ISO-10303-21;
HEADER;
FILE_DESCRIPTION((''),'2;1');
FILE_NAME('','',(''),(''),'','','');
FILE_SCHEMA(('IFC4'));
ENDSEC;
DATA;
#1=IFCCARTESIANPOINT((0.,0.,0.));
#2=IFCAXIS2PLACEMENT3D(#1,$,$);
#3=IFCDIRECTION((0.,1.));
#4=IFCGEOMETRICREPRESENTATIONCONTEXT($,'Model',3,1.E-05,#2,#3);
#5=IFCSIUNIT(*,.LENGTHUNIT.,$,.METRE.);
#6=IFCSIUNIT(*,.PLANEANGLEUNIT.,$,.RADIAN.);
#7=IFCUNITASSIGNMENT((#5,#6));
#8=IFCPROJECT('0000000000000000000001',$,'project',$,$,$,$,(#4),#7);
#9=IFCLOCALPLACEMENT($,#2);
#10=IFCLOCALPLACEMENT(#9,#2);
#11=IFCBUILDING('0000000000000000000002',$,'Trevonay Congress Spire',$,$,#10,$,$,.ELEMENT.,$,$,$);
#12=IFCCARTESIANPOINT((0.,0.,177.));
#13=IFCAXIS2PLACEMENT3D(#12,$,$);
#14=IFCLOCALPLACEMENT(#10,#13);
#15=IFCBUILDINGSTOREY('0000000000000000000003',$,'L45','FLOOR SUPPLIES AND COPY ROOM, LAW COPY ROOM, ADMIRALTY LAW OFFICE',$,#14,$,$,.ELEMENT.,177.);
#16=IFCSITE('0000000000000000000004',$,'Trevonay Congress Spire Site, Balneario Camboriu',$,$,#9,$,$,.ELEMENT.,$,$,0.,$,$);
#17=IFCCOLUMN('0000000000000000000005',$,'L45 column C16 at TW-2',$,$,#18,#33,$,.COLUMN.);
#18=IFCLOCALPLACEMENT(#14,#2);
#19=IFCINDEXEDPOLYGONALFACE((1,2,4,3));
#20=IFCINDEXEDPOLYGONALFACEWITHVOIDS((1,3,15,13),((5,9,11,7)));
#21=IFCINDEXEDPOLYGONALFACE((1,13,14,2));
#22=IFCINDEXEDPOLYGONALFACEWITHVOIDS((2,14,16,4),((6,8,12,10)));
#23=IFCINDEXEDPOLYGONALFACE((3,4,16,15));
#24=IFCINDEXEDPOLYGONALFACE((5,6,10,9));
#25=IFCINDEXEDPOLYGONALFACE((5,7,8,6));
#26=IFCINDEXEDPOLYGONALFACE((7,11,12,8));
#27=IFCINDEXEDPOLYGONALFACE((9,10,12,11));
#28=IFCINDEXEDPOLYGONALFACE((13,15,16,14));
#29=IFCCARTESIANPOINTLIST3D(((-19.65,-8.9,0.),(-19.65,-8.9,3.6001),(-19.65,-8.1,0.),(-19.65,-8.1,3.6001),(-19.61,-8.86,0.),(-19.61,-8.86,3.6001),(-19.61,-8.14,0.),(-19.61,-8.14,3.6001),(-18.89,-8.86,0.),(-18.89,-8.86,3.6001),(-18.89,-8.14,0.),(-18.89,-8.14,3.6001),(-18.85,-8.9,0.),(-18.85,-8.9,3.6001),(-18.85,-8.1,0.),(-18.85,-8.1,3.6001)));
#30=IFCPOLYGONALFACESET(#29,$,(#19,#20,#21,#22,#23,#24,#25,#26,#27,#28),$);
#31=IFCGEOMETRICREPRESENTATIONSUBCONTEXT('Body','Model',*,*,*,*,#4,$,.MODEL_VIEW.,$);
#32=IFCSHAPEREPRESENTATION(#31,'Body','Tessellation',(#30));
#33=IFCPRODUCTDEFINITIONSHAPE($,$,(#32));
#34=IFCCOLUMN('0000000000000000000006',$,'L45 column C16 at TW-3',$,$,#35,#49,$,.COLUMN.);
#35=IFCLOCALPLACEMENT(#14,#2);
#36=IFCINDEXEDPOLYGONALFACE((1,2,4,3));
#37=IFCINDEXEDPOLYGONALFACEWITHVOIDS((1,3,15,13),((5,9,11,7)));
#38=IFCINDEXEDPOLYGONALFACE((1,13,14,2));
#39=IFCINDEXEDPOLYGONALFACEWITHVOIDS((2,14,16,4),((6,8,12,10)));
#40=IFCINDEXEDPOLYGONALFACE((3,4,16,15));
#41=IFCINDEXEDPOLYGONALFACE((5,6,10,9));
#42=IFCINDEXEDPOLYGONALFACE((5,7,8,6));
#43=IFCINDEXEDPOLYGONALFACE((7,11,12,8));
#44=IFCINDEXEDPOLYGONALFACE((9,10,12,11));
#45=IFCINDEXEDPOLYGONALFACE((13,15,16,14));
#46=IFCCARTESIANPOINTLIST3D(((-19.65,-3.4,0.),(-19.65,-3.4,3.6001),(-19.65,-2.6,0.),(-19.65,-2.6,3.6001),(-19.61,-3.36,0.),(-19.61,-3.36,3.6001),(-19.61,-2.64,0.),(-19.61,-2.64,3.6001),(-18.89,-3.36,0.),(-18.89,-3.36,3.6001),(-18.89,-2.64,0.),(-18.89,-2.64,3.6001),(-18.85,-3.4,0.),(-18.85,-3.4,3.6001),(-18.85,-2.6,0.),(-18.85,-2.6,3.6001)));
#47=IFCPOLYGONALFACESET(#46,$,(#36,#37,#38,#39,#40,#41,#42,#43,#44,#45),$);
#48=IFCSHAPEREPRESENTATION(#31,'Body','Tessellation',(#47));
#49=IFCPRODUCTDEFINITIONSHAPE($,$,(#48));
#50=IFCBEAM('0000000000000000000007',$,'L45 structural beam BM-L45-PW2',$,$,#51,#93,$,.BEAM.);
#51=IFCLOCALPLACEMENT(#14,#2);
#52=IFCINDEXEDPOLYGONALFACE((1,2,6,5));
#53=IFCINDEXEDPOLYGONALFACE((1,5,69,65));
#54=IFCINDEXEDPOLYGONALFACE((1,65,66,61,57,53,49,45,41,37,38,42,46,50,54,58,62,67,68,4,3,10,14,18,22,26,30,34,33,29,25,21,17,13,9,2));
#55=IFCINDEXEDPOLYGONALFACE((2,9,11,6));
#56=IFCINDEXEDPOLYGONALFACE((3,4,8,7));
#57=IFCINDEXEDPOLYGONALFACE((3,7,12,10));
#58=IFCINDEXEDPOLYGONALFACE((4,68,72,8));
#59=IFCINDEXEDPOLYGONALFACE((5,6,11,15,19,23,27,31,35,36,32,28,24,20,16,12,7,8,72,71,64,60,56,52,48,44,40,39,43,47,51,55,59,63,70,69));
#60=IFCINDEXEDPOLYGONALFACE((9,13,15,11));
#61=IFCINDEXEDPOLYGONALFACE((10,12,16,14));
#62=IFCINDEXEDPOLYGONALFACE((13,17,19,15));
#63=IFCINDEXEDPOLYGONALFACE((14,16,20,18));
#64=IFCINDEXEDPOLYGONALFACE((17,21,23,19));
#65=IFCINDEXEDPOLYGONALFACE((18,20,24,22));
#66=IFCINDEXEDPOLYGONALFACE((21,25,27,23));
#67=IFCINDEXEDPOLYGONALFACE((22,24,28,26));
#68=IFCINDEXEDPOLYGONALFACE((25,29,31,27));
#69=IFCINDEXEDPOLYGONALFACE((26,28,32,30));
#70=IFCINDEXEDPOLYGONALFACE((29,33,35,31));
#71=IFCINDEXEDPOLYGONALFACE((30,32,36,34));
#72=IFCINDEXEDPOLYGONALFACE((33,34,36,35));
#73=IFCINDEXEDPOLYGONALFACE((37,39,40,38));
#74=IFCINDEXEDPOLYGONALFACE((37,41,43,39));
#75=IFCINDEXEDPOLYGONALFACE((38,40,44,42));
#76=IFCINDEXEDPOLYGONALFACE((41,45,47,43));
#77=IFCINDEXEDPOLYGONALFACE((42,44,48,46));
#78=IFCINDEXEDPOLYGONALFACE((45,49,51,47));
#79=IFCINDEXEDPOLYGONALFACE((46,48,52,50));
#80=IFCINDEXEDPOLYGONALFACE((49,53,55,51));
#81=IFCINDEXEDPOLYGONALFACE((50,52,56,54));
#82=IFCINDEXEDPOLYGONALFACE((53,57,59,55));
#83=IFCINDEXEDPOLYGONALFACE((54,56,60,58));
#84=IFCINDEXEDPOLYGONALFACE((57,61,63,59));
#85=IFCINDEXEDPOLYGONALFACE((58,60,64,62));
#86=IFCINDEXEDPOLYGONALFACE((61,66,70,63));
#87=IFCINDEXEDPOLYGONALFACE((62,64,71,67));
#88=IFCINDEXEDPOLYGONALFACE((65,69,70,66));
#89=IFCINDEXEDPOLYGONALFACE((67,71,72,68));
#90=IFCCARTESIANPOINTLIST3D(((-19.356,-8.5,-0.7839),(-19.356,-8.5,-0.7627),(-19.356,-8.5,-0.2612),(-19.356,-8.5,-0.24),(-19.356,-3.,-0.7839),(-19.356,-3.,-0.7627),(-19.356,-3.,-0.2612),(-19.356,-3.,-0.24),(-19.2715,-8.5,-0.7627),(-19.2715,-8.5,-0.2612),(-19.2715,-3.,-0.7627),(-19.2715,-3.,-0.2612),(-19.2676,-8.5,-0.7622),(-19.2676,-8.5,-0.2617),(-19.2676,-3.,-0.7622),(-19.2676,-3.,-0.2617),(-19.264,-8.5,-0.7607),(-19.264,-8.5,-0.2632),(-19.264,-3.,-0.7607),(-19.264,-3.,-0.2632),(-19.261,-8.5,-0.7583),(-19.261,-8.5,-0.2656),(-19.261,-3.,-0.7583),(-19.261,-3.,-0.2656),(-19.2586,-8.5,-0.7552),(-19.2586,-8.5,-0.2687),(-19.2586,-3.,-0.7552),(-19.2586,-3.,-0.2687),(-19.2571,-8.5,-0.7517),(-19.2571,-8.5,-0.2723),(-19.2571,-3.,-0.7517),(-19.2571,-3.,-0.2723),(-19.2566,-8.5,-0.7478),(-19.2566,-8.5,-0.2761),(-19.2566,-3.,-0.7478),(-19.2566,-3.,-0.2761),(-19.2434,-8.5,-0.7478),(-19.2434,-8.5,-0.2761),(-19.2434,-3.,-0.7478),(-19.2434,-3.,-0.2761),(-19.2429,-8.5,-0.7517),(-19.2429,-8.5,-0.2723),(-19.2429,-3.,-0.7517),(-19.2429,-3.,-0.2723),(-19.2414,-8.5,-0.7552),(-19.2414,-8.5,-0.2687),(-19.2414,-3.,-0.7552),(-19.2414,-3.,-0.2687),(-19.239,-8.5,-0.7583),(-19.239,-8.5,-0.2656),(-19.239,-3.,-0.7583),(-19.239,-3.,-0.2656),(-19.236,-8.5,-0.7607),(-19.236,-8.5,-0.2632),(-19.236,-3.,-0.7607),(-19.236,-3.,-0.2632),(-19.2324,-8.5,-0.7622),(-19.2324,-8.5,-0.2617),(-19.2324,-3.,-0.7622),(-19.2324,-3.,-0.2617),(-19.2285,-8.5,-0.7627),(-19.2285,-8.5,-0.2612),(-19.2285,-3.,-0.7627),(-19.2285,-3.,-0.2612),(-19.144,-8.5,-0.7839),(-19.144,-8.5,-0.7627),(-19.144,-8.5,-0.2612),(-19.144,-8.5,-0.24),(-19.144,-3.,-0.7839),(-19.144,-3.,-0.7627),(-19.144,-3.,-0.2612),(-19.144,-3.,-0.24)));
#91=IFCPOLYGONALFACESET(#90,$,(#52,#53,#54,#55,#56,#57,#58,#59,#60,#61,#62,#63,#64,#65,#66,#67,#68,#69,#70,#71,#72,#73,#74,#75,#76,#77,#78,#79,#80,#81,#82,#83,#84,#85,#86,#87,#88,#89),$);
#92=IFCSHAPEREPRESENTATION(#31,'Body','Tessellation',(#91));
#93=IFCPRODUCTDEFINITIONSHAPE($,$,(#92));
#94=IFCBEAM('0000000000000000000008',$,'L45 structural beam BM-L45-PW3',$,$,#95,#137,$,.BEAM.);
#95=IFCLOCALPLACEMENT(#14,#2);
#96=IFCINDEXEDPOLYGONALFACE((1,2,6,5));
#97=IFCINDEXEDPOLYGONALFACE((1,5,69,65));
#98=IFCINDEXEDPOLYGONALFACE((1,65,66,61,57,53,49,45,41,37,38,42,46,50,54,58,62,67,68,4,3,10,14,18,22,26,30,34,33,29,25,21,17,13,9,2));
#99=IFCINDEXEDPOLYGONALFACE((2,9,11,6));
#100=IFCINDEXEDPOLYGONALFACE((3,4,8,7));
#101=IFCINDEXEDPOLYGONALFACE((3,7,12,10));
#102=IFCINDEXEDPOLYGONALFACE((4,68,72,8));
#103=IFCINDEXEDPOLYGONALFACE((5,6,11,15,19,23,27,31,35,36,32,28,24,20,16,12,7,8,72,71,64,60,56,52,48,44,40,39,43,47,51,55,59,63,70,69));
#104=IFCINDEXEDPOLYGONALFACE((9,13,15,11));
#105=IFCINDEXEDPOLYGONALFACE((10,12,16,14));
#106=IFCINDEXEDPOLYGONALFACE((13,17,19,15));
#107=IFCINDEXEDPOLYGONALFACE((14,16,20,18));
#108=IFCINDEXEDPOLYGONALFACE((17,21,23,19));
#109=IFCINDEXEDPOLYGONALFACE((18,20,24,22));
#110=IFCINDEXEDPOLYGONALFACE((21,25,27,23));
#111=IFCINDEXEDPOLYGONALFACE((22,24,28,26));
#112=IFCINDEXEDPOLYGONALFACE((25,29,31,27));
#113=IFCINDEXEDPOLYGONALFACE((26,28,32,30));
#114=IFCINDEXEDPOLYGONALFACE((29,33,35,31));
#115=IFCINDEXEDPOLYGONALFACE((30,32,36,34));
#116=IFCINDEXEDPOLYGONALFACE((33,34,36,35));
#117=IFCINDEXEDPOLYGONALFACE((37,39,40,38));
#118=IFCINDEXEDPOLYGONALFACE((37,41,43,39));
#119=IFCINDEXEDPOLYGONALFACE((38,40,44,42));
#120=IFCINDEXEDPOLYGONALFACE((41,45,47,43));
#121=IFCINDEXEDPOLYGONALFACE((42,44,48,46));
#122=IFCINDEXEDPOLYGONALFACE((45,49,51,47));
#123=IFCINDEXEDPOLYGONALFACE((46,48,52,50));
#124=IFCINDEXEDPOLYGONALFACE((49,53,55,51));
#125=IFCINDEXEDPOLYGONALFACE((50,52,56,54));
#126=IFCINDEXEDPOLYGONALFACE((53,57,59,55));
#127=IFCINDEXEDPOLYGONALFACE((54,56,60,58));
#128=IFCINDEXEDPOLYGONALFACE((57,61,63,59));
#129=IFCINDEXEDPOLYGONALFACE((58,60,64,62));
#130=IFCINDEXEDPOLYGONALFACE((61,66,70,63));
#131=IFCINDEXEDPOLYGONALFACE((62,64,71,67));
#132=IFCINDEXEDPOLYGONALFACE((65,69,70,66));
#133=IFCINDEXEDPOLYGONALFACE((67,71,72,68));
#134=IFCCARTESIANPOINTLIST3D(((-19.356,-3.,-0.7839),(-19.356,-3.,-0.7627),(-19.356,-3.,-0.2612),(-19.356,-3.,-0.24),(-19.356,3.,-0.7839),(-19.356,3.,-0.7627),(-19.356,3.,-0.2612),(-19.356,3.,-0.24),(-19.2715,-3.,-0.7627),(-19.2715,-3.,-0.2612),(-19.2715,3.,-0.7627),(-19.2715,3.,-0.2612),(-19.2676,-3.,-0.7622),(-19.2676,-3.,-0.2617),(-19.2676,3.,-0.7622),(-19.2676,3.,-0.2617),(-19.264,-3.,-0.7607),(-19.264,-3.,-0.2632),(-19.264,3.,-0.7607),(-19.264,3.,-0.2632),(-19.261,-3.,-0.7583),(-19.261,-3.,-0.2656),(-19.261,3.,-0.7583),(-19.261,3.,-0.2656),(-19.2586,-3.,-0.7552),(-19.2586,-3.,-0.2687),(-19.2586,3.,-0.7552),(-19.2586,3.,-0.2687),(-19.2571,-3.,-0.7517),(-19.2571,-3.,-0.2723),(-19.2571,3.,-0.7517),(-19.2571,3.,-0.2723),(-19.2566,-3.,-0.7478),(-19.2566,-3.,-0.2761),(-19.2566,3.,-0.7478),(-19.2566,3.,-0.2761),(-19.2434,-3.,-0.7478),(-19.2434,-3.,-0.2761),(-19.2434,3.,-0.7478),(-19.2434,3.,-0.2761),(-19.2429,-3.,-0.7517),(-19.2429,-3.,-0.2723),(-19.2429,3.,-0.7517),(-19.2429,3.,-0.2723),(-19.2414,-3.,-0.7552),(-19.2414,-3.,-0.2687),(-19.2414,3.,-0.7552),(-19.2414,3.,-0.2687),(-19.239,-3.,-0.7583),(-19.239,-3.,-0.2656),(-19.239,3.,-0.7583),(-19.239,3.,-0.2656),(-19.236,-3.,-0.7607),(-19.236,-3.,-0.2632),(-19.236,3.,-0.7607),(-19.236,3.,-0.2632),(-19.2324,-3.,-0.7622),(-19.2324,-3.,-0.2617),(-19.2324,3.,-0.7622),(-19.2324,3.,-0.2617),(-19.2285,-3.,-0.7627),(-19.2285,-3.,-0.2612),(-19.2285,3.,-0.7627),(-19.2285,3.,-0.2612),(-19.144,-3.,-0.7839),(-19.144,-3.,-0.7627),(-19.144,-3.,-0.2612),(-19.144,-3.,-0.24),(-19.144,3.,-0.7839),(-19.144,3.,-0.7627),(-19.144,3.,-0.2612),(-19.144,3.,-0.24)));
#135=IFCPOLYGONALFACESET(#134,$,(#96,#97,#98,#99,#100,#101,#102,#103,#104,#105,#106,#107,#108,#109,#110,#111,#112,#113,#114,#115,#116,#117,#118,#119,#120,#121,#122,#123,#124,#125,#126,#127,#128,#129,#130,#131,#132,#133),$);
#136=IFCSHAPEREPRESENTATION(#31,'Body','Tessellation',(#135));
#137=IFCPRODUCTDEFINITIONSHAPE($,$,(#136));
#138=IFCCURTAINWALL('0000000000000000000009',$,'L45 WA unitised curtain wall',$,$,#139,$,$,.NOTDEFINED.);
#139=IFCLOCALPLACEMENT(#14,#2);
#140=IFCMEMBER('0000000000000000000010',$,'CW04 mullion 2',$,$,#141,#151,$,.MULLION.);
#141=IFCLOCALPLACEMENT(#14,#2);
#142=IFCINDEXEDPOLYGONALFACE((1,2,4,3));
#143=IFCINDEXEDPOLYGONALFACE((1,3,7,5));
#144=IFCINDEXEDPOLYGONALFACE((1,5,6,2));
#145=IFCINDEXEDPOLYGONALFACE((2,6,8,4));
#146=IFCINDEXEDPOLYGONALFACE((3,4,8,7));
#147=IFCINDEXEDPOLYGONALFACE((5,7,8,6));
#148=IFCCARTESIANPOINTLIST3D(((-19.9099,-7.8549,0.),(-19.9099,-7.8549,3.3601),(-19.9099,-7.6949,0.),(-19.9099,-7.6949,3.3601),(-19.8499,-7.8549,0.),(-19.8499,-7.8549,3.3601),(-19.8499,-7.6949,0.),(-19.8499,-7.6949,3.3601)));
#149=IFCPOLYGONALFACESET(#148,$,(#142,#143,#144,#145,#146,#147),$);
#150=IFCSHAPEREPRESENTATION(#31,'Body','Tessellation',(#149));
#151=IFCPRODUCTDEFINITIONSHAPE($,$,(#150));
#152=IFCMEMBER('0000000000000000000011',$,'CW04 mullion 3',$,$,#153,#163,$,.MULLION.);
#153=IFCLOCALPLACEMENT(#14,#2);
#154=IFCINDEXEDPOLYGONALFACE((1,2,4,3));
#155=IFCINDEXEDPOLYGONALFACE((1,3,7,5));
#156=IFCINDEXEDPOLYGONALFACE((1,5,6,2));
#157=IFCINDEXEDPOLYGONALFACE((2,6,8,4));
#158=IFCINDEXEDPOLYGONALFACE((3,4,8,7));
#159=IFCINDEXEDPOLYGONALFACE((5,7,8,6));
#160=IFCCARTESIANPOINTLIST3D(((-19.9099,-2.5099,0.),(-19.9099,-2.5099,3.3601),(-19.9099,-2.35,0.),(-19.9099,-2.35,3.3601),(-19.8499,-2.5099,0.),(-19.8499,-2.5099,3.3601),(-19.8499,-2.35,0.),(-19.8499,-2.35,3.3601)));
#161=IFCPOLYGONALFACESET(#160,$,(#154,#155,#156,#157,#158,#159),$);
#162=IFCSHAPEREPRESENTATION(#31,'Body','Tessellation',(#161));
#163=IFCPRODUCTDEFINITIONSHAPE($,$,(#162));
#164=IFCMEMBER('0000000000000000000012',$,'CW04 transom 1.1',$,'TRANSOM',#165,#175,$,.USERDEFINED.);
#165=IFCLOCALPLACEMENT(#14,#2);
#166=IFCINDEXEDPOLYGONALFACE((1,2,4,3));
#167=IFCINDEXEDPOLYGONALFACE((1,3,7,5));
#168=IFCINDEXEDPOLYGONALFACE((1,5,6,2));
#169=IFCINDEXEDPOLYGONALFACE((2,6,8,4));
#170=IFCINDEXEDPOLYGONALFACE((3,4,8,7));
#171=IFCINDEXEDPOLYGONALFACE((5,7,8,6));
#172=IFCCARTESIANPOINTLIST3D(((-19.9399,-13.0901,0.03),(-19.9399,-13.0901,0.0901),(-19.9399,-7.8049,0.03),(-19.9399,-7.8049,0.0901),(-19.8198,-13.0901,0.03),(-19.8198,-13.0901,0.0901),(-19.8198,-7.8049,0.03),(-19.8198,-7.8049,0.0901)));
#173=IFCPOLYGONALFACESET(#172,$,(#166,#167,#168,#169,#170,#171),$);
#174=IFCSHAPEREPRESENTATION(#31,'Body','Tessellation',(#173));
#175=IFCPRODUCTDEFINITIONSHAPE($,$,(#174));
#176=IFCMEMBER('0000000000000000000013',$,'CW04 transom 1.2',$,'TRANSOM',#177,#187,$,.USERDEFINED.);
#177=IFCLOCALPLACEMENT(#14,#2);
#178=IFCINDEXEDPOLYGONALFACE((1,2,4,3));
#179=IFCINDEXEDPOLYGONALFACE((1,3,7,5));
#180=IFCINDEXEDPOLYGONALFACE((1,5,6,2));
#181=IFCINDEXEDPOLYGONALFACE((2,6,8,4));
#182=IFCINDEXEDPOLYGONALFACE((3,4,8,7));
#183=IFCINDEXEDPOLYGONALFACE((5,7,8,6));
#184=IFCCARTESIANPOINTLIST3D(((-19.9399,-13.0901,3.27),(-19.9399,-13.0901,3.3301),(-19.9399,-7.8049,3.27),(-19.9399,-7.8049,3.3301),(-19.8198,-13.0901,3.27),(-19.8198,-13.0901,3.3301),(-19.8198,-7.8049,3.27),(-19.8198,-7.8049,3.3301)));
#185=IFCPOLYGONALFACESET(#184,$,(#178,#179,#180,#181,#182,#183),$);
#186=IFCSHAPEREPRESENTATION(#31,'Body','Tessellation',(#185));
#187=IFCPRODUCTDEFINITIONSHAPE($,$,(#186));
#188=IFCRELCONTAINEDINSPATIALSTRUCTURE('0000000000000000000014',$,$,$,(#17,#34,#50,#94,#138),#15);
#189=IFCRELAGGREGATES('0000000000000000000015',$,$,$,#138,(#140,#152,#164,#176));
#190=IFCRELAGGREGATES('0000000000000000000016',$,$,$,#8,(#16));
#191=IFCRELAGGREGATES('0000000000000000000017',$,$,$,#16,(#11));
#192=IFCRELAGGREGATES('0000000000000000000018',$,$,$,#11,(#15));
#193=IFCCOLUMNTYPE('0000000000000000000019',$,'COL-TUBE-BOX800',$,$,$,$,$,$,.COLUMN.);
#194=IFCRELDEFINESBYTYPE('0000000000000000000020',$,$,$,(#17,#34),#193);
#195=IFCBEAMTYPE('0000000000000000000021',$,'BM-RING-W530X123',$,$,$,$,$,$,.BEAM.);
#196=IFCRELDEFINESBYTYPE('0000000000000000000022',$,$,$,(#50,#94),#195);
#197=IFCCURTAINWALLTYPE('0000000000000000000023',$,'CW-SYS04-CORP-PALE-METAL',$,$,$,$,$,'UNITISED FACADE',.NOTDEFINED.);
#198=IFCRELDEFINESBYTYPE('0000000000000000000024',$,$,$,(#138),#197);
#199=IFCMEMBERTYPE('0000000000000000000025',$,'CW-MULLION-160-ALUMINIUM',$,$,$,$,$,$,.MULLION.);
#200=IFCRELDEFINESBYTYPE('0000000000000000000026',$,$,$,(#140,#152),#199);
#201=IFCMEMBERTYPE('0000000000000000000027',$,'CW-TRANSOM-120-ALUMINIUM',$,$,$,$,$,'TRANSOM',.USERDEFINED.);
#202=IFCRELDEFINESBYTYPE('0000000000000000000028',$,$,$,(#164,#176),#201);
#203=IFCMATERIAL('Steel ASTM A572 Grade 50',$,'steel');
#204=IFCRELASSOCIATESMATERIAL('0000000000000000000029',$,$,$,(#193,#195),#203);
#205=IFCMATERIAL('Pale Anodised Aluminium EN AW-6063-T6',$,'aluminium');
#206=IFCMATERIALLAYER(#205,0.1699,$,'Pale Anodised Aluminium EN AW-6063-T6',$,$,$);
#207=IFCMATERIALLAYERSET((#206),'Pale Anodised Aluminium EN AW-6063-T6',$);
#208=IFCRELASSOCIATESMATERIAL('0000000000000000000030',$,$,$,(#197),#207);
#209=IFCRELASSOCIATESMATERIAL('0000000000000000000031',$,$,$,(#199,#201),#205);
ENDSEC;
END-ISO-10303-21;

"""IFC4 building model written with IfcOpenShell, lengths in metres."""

from ifc_helpers import new_model, si_unit, direction, frame, origin, origin_2d, place, context, subcontext, project, spatial, rectangle, hollow_rectangle, i_section, extrude, material, layer, layer_set, material_profile, profile_set, type_object, element, aggregate, save


model = new_model("IFC4")

# Units and contexts
model_context = context("Model", 3, precision=1e-05, world=origin(), true_north=direction((0.0, 1.0)))
body_context = subcontext(model_context, "Body", "Model", "MODEL_VIEW")
ifc_project = project(units=[si_unit("LENGTHUNIT", "METRE"), si_unit("PLANEANGLEUNIT", "RADIAN")], contexts=[model_context])

# Site, building, storey
site_placement = place(None, origin())
site = spatial("IfcSite", under=ifc_project, at=site_placement, Name="Trevonay Congress Spire Site, Balneario Camboriu", CompositionType="ELEMENT", RefElevation=0.0)
building_placement = place(site_placement, origin())
building = spatial("IfcBuilding", under=site, at=building_placement, Name="Trevonay Congress Spire", CompositionType="ELEMENT")
storey_placement = place(building_placement, frame((0.0, 0.0, 177.0)))
storey = spatial("IfcBuildingStorey", under=building, at=storey_placement, Name="L45", Description="FLOOR SUPPLIES AND COPY ROOM, LAW COPY ROOM, ADMIRALTY LAW OFFICE", CompositionType="ELEMENT", Elevation=177.0)

# Columns
ifc_material_1 = material(Name="Steel ASTM A572 Grade 50", Category="steel")
ifc_material_profile_1 = material_profile(ifc_material_1, hollow_rectangle(XDim=0.8, YDim=0.8, WallThickness=0.04, at=origin_2d()), Name="BOX 800x800x40")
ifc_profile_set_1 = profile_set([ifc_material_profile_1], Name="Steel ASTM A572 Grade 50")
column_type = type_object("IfcColumnType", Name="COL-TUBE-BOX800", PredefinedType="COLUMN", material=ifc_profile_set_1)
for number, where, z_axis, x_axis, name in (
    (1, (-19.25, -8.5, 0.0), (0.0, 0.0, 1.0), (1.0, 0.0, 0.0), "L45 column C16 at TW-2"),
    (2, (-19.25, -3.0, 0.0), (0.0, 0.0, 1.0), (1.0, 0.0, 0.0), "L45 column C16 at TW-3"),
):
    element("IfcColumn", number, at=place(storey_placement, frame(where, z_axis=z_axis, x_axis=x_axis)), inside=storey, type_object=column_type, Name=name, PredefinedType="COLUMN", context=body_context, shape_type="SweptSolid", body=[
        extrude(hollow_rectangle(XDim=0.8, YDim=0.8, WallThickness=0.04, at=origin_2d()), origin(), (0.0, 0.0, 1.0), 3.6001),
    ])

# Beams
ifc_material_profile_2 = material_profile(ifc_material_1, i_section(OverallWidth=0.2119, OverallDepth=0.5439, WebThickness=0.0132, FlangeThickness=0.0212, FilletRadius=0.0149, at=origin_2d()), Name="W530x123")
ifc_profile_set_2 = profile_set([ifc_material_profile_2], Name="Steel ASTM A572 Grade 50")
beam_type = type_object("IfcBeamType", Name="BM-RING-W530X123", PredefinedType="BEAM", material=ifc_profile_set_2)
beam_1_placement = place(storey_placement, frame((-19.25, -8.5, -0.512), z_axis=(0.0, 1.0, 0.0), x_axis=(-1.0, 0.0, 0.0)))
element("IfcBeam", 3, at=beam_1_placement, inside=storey, type_object=beam_type, Name="L45 structural beam BM-L45-PW2", PredefinedType="BEAM", context=body_context, shape_type="SweptSolid", body=[
    extrude(i_section(OverallWidth=0.2119, OverallDepth=0.5439, WebThickness=0.0132, FlangeThickness=0.0212, FilletRadius=0.0149, at=origin_2d()), origin(), (0.0, 0.0, 1.0), 5.5),
])
beam_2_placement = place(storey_placement, frame((-19.25, -3.0, -0.512), z_axis=(0.0, 1.0, 0.0), x_axis=(-1.0, 0.0, 0.0)))
element("IfcBeam", 4, at=beam_2_placement, inside=storey, type_object=beam_type, Name="L45 structural beam BM-L45-PW3", PredefinedType="BEAM", context=body_context, shape_type="SweptSolid", body=[
    extrude(i_section(OverallWidth=0.2119, OverallDepth=0.5439, WebThickness=0.0132, FlangeThickness=0.0212, FilletRadius=0.0149, at=origin_2d()), origin(), (0.0, 0.0, 1.0), 6.0),
])

# Curtain wall, members
ifc_material_2 = material(Name="Pale Anodised Aluminium EN AW-6063-T6", Category="aluminium")
ifc_layer_1 = layer(ifc_material_2, 0.1699, Name="Pale Anodised Aluminium EN AW-6063-T6")
ifc_layer_set_1 = layer_set([ifc_layer_1], Name="Pale Anodised Aluminium EN AW-6063-T6")
curtain_wall_type = type_object("IfcCurtainWallType", Name="CW-SYS04-CORP-PALE-METAL", ElementType="UNITISED FACADE", PredefinedType="NOTDEFINED", material=ifc_layer_set_1)
curtain_wall_placement = place(storey_placement, origin())
curtain_wall = element("IfcCurtainWall", 5, at=curtain_wall_placement, inside=storey, type_object=curtain_wall_type, Name="L45 WA unitised curtain wall", PredefinedType="NOTDEFINED")
ifc_material_profile_3 = material_profile(ifc_material_2, rectangle(XDim=0.0601, YDim=0.1599, at=origin_2d()), Name="CW-MULLION-160-ALUMINIUM")
ifc_profile_set_3 = profile_set([ifc_material_profile_3], Name="Pale Anodised Aluminium EN AW-6063-T6")
member_type_1 = type_object("IfcMemberType", Name="CW-MULLION-160-ALUMINIUM", PredefinedType="MULLION", material=ifc_profile_set_3)
member_1_placement = place(storey_placement, frame((-19.8799, -7.7749, 0.0), z_axis=(0.0, 0.0, 1.0), x_axis=(-1.0, 0.0, 0.0)))
member_1 = element("IfcMember", 6, at=member_1_placement, type_object=member_type_1, Name="CW04 mullion 2", PredefinedType="MULLION", context=body_context, shape_type="SweptSolid", body=[
    extrude(rectangle(XDim=0.0601, YDim=0.1599, at=origin_2d()), origin(), (0.0, 0.0, 1.0), 3.3601),
])
member_2_placement = place(storey_placement, frame((-19.8799, -2.4299, 0.0), z_axis=(0.0, 0.0, 1.0), x_axis=(-1.0, 0.0, 0.0)))
member_2 = element("IfcMember", 7, at=member_2_placement, type_object=member_type_1, Name="CW04 mullion 3", PredefinedType="MULLION", context=body_context, shape_type="SweptSolid", body=[
    extrude(rectangle(XDim=0.0601, YDim=0.1599, at=origin_2d()), origin(), (0.0, 0.0, 1.0), 3.3601),
])
ifc_material_profile_4 = material_profile(ifc_material_2, rectangle(XDim=0.1201, YDim=0.0601, at=origin_2d()), Name="CW-TRANSOM-120-ALUMINIUM")
ifc_profile_set_4 = profile_set([ifc_material_profile_4], Name="Pale Anodised Aluminium EN AW-6063-T6")
member_type_2 = type_object("IfcMemberType", Name="CW-TRANSOM-120-ALUMINIUM", ElementType="TRANSOM", PredefinedType="USERDEFINED", material=ifc_profile_set_4)
member_3_placement = place(storey_placement, frame((-19.8799, -13.0901, 0.0601), z_axis=(0.0, 1.0, 0.0), x_axis=(-1.0, 0.0, 0.0)))
member_3 = element("IfcMember", 8, at=member_3_placement, type_object=member_type_2, Name="CW04 transom 1.1", ObjectType="TRANSOM", PredefinedType="USERDEFINED", context=body_context, shape_type="SweptSolid", body=[
    extrude(rectangle(XDim=0.1201, YDim=0.0601, at=origin_2d()), origin(), (0.0, 0.0, 1.0), 5.2852),
])
member_4_placement = place(storey_placement, frame((-19.8799, -13.0901, 3.3), z_axis=(0.0, 1.0, 0.0), x_axis=(-1.0, 0.0, 0.0)))
member_4 = element("IfcMember", 9, at=member_4_placement, type_object=member_type_2, Name="CW04 transom 1.2", ObjectType="TRANSOM", PredefinedType="USERDEFINED", context=body_context, shape_type="SweptSolid", body=[
    extrude(rectangle(XDim=0.1201, YDim=0.0601, at=origin_2d()), origin(), (0.0, 0.0, 1.0), 5.2852),
])
aggregate(curtain_wall, [member_1, member_2, member_3, member_4])

save(model, "model.ifc")
